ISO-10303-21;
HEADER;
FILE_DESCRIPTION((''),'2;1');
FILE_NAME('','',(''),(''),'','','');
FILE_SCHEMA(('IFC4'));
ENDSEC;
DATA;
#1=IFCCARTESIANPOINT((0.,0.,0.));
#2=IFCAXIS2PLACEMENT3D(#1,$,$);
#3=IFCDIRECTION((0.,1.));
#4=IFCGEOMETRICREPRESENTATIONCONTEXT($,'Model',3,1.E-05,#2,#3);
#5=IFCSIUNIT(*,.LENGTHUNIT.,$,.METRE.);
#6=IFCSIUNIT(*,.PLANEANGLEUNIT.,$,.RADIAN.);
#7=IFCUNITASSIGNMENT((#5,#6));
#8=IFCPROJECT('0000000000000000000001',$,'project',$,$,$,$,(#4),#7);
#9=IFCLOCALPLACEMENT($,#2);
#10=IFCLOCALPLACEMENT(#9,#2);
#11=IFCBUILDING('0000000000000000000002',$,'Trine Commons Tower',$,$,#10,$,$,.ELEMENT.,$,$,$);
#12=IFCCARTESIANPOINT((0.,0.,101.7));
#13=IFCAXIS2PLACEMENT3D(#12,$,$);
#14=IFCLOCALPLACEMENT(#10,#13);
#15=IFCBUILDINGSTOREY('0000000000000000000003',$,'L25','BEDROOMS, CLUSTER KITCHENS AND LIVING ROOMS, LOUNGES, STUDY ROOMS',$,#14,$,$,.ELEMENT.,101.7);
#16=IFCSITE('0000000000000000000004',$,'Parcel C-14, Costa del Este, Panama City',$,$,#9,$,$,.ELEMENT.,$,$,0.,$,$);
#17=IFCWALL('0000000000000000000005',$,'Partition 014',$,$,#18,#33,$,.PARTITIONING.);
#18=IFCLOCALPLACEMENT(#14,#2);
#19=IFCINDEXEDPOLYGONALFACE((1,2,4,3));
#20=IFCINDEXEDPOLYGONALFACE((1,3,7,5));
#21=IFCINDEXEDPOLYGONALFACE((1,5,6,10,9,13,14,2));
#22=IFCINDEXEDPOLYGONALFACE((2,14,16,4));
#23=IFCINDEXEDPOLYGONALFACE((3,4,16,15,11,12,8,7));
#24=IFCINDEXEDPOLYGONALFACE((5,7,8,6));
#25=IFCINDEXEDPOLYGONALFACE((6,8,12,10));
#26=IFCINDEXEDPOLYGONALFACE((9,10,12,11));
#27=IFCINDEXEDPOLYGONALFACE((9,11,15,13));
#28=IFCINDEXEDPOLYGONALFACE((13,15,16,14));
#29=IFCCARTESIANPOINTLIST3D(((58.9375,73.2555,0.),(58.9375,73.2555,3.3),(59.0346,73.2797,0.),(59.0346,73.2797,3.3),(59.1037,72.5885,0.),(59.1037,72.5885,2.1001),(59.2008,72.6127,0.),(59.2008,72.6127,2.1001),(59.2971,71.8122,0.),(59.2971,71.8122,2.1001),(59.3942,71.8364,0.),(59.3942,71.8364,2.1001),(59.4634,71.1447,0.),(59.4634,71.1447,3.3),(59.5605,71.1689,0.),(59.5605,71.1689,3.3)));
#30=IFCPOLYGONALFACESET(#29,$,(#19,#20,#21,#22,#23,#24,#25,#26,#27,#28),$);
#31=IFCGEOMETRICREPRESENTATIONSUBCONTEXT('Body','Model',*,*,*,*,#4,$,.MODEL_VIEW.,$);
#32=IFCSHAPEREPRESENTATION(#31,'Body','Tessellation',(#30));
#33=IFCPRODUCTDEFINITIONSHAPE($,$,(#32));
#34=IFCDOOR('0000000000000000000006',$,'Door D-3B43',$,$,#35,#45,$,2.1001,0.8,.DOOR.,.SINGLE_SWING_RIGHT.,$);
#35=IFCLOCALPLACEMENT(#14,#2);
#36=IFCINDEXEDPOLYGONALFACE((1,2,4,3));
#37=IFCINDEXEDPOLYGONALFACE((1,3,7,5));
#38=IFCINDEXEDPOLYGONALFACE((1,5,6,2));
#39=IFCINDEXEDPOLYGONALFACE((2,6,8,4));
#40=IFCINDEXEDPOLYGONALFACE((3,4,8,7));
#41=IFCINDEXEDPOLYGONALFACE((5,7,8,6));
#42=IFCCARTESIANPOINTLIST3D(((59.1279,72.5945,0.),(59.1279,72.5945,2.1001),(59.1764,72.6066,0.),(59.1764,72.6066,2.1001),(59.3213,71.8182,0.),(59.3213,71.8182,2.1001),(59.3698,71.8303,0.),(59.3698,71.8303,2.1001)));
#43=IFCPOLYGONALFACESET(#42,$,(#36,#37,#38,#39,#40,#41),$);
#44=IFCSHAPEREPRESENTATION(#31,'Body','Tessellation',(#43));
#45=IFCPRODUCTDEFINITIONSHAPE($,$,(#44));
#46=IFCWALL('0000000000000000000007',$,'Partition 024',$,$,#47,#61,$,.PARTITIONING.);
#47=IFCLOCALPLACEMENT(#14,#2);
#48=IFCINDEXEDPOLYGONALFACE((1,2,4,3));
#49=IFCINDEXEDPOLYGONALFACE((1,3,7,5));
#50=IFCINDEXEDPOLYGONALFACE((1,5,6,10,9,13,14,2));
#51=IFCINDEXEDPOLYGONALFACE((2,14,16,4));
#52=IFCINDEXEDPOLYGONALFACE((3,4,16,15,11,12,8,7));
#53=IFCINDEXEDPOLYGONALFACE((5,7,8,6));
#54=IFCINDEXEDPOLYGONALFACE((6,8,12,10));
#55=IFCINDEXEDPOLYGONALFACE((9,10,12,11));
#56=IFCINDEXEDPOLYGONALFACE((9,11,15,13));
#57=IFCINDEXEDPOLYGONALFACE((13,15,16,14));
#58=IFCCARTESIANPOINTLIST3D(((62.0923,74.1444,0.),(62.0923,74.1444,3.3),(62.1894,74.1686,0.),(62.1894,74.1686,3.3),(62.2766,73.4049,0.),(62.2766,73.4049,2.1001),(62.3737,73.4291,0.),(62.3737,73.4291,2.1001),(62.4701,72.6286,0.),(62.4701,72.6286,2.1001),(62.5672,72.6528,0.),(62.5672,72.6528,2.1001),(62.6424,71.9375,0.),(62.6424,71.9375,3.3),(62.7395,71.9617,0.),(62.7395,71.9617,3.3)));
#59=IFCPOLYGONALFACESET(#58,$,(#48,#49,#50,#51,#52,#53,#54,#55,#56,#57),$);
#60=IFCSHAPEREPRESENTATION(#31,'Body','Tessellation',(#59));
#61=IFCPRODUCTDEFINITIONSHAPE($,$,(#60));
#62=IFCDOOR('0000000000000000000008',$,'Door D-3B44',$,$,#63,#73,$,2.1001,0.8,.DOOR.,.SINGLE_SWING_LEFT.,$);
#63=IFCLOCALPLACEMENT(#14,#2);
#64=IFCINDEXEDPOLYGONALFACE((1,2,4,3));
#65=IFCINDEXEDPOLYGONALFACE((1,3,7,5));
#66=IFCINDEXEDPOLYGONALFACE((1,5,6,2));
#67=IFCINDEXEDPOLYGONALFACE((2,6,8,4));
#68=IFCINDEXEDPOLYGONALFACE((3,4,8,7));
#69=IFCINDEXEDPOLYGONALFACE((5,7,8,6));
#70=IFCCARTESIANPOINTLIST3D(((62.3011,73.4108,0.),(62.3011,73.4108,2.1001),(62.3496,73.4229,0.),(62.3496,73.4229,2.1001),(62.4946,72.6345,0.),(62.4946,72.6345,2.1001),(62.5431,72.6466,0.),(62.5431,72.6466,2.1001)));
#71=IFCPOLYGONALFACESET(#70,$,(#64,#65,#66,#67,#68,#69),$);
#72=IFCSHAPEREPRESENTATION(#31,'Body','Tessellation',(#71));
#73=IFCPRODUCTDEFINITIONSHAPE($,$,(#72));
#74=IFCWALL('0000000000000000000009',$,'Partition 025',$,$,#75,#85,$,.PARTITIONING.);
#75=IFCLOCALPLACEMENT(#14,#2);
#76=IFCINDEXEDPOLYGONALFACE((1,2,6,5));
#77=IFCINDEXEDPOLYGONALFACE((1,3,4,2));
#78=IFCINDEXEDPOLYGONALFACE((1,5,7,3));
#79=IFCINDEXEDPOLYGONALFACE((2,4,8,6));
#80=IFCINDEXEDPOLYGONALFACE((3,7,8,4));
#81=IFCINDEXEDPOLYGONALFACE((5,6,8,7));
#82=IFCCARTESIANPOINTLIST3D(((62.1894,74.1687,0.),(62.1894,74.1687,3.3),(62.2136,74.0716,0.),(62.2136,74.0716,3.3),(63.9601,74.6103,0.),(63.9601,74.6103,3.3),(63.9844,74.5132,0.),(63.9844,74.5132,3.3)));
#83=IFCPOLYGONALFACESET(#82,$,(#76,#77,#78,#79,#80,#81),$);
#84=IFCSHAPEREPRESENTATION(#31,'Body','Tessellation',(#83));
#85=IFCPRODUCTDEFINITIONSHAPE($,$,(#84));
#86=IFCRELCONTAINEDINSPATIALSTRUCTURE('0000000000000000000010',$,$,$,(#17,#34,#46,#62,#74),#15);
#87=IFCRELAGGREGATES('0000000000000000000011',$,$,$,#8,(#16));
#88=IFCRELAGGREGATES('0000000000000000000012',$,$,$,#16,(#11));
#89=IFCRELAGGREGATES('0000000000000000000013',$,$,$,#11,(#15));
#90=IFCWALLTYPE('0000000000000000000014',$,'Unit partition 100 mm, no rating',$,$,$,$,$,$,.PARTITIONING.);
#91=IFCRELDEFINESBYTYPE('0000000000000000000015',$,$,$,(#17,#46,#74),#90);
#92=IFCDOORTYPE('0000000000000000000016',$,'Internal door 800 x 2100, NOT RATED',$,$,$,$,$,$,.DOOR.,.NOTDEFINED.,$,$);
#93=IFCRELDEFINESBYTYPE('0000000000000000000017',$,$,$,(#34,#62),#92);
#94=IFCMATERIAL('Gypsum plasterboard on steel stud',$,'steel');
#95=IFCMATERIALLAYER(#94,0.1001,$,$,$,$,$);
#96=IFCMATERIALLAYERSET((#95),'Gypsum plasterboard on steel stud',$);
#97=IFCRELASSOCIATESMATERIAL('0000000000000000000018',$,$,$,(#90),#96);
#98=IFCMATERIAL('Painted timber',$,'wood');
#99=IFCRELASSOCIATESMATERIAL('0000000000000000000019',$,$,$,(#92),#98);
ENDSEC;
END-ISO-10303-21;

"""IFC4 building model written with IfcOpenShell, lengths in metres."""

from ifc_helpers import new_model, si_unit, direction, frame, frame_2d, origin, place, context, subcontext, project, spatial, rectangle, extrude, material, layer, layer_set, type_object, element, fill, save


model = new_model("IFC4")

# Units and contexts
model_context = context("Model", 3, precision=1e-05, world=origin(), true_north=direction((0.0, 1.0)))
body_context = subcontext(model_context, "Body", "Model", "MODEL_VIEW")
ifc_project = project(units=[si_unit("LENGTHUNIT", "METRE"), si_unit("PLANEANGLEUNIT", "RADIAN")], contexts=[model_context])

# Site, building, storey
site_placement = place(None, origin())
site = spatial("IfcSite", under=ifc_project, at=site_placement, Name="Parcel C-14, Costa del Este, Panama City", CompositionType="ELEMENT", RefElevation=0.0)
building_placement = place(site_placement, origin())
building = spatial("IfcBuilding", under=site, at=building_placement, Name="Trine Commons Tower", CompositionType="ELEMENT")
storey_placement = place(building_placement, frame((0.0, 0.0, 101.7)))
storey = spatial("IfcBuildingStorey", under=building, at=storey_placement, Name="L25", Description="BEDROOMS, CLUSTER KITCHENS AND LIVING ROOMS, LOUNGES, STUDY ROOMS", CompositionType="ELEMENT", Elevation=101.7)

# Shared definitions
ifc_material_1 = material(Name="Gypsum plasterboard on steel stud", Category="steel")

# Shared definitions
ifc_layer_1 = layer(ifc_material_1, 0.1001)
ifc_layer_set_1 = layer_set([ifc_layer_1], Name="Gypsum plasterboard on steel stud")
wall_type_1 = type_object("IfcWallType", Name="Unit partition 100 mm, no rating", PredefinedType="PARTITIONING", material=ifc_layer_set_1)

# Walls, openings, doors
wall_1_placement = place(storey_placement, frame((58.9861, 73.2676, 0.0), z_axis=(0.0, 0.0, 1.0), x_axis=(0.241743, -0.97034, 0.0)))
wall_1 = element("IfcWall", 1, at=wall_1_placement, inside=storey, type_object=wall_type_1, Name="Partition 014", PredefinedType="PARTITIONING", context=body_context, shape_type="SweptSolid", body=[
    extrude(rectangle(XDim=2.1753, YDim=0.1001, at=frame_2d((1.0876, 0.0))), origin(), (0.0, 0.0, 1.0), 3.3),
])
opening_1_placement = place(wall_1_placement, frame((0.6875, 0.0, 0.0)))
opening_1 = element("IfcOpeningElement", 2, at=opening_1_placement, cuts=wall_1, PredefinedType="OPENING", context=body_context, shape_type="SweptSolid", body=[
    extrude(rectangle(XDim=0.8, YDim=2.1001, at=frame_2d((0.3999, 1.05))), frame((0.0, 0.0601, 0.0), z_axis=(0.0, -1.0, 0.0), x_axis=(1.0, 0.0, 0.0)), (0.0, 0.0, 1.0), 0.1201),
])
ifc_material_2 = material(Name="Painted timber", Category="wood")
door_type_1 = type_object("IfcDoorType", Name="Internal door 800 x 2100, NOT RATED", OperationType="NOTDEFINED", PredefinedType="DOOR", material=ifc_material_2)
door_1_placement = place(opening_1_placement, origin())
door_1 = element("IfcDoor", 3, at=door_1_placement, inside=storey, type_object=door_type_1, Name="Door D-3B43", OperationType="SINGLE_SWING_RIGHT", OverallHeight=2.1001, OverallWidth=0.8, PredefinedType="DOOR", context=body_context, shape_type="SweptSolid", body=[
    extrude(rectangle(XDim=0.8, YDim=2.1001, at=frame_2d((0.3999, 1.05))), frame((0.0, 0.0249, 0.0), z_axis=(0.0, -1.0, 0.0), x_axis=(1.0, 0.0, 0.0)), (0.0, 0.0, 1.0), 0.05),
])
fill(opening_1, door_1)
wall_2_placement = place(storey_placement, frame((62.1409, 74.1565, 0.0), z_axis=(0.0, 0.0, 1.0), x_axis=(0.241854, -0.970313, 0.0)))
wall_2 = element("IfcWall", 4, at=wall_2_placement, inside=storey, type_object=wall_type_1, Name="Partition 024", PredefinedType="PARTITIONING", context=body_context, shape_type="SweptSolid", body=[
    extrude(rectangle(XDim=2.2744, YDim=0.1001, at=frame_2d((1.1372, 0.0))), origin(), (0.0, 0.0, 1.0), 3.3),
])
opening_2_placement = place(wall_2_placement, frame((0.7622, 0.0, 0.0)))
opening_2 = element("IfcOpeningElement", 5, at=opening_2_placement, cuts=wall_2, PredefinedType="OPENING", context=body_context, shape_type="SweptSolid", body=[
    extrude(rectangle(XDim=0.8, YDim=2.1001, at=frame_2d((0.3999, 1.05))), frame((0.0, 0.0601, 0.0), z_axis=(0.0, -1.0, 0.0), x_axis=(1.0, 0.0, 0.0)), (0.0, 0.0, 1.0), 0.1201),
])
door_2_placement = place(opening_2_placement, frame((0.8, 0.0, 0.0), z_axis=(0.0, 0.0, 1.0), x_axis=(-1.0, 0.0, 0.0)))
door_2 = element("IfcDoor", 6, at=door_2_placement, inside=storey, type_object=door_type_1, Name="Door D-3B44", OperationType="SINGLE_SWING_LEFT", OverallHeight=2.1001, OverallWidth=0.8, PredefinedType="DOOR", context=body_context, shape_type="SweptSolid", body=[
    extrude(rectangle(XDim=0.8, YDim=2.1001, at=frame_2d((0.3999, 1.05))), frame((0.0, 0.0249, 0.0), z_axis=(0.0, -1.0, 0.0), x_axis=(1.0, 0.0, 0.0)), (0.0, 0.0, 1.0), 0.05),
])
fill(opening_2, door_2)

# Wall
wall_3_placement = place(storey_placement, frame((62.2014, 74.1201, 0.0), z_axis=(0.0, 0.0, 1.0), x_axis=(0.970276, 0.242, 0.0)))
element("IfcWall", 7, at=wall_3_placement, inside=storey, type_object=wall_type_1, Name="Partition 025", PredefinedType="PARTITIONING", context=body_context, shape_type="SweptSolid", body=[
    extrude(rectangle(XDim=1.825, YDim=0.1001, at=frame_2d((0.9126, 0.0))), origin(), (0.0, 0.0, 1.0), 3.3),
])

save(model, "model.ifc")
